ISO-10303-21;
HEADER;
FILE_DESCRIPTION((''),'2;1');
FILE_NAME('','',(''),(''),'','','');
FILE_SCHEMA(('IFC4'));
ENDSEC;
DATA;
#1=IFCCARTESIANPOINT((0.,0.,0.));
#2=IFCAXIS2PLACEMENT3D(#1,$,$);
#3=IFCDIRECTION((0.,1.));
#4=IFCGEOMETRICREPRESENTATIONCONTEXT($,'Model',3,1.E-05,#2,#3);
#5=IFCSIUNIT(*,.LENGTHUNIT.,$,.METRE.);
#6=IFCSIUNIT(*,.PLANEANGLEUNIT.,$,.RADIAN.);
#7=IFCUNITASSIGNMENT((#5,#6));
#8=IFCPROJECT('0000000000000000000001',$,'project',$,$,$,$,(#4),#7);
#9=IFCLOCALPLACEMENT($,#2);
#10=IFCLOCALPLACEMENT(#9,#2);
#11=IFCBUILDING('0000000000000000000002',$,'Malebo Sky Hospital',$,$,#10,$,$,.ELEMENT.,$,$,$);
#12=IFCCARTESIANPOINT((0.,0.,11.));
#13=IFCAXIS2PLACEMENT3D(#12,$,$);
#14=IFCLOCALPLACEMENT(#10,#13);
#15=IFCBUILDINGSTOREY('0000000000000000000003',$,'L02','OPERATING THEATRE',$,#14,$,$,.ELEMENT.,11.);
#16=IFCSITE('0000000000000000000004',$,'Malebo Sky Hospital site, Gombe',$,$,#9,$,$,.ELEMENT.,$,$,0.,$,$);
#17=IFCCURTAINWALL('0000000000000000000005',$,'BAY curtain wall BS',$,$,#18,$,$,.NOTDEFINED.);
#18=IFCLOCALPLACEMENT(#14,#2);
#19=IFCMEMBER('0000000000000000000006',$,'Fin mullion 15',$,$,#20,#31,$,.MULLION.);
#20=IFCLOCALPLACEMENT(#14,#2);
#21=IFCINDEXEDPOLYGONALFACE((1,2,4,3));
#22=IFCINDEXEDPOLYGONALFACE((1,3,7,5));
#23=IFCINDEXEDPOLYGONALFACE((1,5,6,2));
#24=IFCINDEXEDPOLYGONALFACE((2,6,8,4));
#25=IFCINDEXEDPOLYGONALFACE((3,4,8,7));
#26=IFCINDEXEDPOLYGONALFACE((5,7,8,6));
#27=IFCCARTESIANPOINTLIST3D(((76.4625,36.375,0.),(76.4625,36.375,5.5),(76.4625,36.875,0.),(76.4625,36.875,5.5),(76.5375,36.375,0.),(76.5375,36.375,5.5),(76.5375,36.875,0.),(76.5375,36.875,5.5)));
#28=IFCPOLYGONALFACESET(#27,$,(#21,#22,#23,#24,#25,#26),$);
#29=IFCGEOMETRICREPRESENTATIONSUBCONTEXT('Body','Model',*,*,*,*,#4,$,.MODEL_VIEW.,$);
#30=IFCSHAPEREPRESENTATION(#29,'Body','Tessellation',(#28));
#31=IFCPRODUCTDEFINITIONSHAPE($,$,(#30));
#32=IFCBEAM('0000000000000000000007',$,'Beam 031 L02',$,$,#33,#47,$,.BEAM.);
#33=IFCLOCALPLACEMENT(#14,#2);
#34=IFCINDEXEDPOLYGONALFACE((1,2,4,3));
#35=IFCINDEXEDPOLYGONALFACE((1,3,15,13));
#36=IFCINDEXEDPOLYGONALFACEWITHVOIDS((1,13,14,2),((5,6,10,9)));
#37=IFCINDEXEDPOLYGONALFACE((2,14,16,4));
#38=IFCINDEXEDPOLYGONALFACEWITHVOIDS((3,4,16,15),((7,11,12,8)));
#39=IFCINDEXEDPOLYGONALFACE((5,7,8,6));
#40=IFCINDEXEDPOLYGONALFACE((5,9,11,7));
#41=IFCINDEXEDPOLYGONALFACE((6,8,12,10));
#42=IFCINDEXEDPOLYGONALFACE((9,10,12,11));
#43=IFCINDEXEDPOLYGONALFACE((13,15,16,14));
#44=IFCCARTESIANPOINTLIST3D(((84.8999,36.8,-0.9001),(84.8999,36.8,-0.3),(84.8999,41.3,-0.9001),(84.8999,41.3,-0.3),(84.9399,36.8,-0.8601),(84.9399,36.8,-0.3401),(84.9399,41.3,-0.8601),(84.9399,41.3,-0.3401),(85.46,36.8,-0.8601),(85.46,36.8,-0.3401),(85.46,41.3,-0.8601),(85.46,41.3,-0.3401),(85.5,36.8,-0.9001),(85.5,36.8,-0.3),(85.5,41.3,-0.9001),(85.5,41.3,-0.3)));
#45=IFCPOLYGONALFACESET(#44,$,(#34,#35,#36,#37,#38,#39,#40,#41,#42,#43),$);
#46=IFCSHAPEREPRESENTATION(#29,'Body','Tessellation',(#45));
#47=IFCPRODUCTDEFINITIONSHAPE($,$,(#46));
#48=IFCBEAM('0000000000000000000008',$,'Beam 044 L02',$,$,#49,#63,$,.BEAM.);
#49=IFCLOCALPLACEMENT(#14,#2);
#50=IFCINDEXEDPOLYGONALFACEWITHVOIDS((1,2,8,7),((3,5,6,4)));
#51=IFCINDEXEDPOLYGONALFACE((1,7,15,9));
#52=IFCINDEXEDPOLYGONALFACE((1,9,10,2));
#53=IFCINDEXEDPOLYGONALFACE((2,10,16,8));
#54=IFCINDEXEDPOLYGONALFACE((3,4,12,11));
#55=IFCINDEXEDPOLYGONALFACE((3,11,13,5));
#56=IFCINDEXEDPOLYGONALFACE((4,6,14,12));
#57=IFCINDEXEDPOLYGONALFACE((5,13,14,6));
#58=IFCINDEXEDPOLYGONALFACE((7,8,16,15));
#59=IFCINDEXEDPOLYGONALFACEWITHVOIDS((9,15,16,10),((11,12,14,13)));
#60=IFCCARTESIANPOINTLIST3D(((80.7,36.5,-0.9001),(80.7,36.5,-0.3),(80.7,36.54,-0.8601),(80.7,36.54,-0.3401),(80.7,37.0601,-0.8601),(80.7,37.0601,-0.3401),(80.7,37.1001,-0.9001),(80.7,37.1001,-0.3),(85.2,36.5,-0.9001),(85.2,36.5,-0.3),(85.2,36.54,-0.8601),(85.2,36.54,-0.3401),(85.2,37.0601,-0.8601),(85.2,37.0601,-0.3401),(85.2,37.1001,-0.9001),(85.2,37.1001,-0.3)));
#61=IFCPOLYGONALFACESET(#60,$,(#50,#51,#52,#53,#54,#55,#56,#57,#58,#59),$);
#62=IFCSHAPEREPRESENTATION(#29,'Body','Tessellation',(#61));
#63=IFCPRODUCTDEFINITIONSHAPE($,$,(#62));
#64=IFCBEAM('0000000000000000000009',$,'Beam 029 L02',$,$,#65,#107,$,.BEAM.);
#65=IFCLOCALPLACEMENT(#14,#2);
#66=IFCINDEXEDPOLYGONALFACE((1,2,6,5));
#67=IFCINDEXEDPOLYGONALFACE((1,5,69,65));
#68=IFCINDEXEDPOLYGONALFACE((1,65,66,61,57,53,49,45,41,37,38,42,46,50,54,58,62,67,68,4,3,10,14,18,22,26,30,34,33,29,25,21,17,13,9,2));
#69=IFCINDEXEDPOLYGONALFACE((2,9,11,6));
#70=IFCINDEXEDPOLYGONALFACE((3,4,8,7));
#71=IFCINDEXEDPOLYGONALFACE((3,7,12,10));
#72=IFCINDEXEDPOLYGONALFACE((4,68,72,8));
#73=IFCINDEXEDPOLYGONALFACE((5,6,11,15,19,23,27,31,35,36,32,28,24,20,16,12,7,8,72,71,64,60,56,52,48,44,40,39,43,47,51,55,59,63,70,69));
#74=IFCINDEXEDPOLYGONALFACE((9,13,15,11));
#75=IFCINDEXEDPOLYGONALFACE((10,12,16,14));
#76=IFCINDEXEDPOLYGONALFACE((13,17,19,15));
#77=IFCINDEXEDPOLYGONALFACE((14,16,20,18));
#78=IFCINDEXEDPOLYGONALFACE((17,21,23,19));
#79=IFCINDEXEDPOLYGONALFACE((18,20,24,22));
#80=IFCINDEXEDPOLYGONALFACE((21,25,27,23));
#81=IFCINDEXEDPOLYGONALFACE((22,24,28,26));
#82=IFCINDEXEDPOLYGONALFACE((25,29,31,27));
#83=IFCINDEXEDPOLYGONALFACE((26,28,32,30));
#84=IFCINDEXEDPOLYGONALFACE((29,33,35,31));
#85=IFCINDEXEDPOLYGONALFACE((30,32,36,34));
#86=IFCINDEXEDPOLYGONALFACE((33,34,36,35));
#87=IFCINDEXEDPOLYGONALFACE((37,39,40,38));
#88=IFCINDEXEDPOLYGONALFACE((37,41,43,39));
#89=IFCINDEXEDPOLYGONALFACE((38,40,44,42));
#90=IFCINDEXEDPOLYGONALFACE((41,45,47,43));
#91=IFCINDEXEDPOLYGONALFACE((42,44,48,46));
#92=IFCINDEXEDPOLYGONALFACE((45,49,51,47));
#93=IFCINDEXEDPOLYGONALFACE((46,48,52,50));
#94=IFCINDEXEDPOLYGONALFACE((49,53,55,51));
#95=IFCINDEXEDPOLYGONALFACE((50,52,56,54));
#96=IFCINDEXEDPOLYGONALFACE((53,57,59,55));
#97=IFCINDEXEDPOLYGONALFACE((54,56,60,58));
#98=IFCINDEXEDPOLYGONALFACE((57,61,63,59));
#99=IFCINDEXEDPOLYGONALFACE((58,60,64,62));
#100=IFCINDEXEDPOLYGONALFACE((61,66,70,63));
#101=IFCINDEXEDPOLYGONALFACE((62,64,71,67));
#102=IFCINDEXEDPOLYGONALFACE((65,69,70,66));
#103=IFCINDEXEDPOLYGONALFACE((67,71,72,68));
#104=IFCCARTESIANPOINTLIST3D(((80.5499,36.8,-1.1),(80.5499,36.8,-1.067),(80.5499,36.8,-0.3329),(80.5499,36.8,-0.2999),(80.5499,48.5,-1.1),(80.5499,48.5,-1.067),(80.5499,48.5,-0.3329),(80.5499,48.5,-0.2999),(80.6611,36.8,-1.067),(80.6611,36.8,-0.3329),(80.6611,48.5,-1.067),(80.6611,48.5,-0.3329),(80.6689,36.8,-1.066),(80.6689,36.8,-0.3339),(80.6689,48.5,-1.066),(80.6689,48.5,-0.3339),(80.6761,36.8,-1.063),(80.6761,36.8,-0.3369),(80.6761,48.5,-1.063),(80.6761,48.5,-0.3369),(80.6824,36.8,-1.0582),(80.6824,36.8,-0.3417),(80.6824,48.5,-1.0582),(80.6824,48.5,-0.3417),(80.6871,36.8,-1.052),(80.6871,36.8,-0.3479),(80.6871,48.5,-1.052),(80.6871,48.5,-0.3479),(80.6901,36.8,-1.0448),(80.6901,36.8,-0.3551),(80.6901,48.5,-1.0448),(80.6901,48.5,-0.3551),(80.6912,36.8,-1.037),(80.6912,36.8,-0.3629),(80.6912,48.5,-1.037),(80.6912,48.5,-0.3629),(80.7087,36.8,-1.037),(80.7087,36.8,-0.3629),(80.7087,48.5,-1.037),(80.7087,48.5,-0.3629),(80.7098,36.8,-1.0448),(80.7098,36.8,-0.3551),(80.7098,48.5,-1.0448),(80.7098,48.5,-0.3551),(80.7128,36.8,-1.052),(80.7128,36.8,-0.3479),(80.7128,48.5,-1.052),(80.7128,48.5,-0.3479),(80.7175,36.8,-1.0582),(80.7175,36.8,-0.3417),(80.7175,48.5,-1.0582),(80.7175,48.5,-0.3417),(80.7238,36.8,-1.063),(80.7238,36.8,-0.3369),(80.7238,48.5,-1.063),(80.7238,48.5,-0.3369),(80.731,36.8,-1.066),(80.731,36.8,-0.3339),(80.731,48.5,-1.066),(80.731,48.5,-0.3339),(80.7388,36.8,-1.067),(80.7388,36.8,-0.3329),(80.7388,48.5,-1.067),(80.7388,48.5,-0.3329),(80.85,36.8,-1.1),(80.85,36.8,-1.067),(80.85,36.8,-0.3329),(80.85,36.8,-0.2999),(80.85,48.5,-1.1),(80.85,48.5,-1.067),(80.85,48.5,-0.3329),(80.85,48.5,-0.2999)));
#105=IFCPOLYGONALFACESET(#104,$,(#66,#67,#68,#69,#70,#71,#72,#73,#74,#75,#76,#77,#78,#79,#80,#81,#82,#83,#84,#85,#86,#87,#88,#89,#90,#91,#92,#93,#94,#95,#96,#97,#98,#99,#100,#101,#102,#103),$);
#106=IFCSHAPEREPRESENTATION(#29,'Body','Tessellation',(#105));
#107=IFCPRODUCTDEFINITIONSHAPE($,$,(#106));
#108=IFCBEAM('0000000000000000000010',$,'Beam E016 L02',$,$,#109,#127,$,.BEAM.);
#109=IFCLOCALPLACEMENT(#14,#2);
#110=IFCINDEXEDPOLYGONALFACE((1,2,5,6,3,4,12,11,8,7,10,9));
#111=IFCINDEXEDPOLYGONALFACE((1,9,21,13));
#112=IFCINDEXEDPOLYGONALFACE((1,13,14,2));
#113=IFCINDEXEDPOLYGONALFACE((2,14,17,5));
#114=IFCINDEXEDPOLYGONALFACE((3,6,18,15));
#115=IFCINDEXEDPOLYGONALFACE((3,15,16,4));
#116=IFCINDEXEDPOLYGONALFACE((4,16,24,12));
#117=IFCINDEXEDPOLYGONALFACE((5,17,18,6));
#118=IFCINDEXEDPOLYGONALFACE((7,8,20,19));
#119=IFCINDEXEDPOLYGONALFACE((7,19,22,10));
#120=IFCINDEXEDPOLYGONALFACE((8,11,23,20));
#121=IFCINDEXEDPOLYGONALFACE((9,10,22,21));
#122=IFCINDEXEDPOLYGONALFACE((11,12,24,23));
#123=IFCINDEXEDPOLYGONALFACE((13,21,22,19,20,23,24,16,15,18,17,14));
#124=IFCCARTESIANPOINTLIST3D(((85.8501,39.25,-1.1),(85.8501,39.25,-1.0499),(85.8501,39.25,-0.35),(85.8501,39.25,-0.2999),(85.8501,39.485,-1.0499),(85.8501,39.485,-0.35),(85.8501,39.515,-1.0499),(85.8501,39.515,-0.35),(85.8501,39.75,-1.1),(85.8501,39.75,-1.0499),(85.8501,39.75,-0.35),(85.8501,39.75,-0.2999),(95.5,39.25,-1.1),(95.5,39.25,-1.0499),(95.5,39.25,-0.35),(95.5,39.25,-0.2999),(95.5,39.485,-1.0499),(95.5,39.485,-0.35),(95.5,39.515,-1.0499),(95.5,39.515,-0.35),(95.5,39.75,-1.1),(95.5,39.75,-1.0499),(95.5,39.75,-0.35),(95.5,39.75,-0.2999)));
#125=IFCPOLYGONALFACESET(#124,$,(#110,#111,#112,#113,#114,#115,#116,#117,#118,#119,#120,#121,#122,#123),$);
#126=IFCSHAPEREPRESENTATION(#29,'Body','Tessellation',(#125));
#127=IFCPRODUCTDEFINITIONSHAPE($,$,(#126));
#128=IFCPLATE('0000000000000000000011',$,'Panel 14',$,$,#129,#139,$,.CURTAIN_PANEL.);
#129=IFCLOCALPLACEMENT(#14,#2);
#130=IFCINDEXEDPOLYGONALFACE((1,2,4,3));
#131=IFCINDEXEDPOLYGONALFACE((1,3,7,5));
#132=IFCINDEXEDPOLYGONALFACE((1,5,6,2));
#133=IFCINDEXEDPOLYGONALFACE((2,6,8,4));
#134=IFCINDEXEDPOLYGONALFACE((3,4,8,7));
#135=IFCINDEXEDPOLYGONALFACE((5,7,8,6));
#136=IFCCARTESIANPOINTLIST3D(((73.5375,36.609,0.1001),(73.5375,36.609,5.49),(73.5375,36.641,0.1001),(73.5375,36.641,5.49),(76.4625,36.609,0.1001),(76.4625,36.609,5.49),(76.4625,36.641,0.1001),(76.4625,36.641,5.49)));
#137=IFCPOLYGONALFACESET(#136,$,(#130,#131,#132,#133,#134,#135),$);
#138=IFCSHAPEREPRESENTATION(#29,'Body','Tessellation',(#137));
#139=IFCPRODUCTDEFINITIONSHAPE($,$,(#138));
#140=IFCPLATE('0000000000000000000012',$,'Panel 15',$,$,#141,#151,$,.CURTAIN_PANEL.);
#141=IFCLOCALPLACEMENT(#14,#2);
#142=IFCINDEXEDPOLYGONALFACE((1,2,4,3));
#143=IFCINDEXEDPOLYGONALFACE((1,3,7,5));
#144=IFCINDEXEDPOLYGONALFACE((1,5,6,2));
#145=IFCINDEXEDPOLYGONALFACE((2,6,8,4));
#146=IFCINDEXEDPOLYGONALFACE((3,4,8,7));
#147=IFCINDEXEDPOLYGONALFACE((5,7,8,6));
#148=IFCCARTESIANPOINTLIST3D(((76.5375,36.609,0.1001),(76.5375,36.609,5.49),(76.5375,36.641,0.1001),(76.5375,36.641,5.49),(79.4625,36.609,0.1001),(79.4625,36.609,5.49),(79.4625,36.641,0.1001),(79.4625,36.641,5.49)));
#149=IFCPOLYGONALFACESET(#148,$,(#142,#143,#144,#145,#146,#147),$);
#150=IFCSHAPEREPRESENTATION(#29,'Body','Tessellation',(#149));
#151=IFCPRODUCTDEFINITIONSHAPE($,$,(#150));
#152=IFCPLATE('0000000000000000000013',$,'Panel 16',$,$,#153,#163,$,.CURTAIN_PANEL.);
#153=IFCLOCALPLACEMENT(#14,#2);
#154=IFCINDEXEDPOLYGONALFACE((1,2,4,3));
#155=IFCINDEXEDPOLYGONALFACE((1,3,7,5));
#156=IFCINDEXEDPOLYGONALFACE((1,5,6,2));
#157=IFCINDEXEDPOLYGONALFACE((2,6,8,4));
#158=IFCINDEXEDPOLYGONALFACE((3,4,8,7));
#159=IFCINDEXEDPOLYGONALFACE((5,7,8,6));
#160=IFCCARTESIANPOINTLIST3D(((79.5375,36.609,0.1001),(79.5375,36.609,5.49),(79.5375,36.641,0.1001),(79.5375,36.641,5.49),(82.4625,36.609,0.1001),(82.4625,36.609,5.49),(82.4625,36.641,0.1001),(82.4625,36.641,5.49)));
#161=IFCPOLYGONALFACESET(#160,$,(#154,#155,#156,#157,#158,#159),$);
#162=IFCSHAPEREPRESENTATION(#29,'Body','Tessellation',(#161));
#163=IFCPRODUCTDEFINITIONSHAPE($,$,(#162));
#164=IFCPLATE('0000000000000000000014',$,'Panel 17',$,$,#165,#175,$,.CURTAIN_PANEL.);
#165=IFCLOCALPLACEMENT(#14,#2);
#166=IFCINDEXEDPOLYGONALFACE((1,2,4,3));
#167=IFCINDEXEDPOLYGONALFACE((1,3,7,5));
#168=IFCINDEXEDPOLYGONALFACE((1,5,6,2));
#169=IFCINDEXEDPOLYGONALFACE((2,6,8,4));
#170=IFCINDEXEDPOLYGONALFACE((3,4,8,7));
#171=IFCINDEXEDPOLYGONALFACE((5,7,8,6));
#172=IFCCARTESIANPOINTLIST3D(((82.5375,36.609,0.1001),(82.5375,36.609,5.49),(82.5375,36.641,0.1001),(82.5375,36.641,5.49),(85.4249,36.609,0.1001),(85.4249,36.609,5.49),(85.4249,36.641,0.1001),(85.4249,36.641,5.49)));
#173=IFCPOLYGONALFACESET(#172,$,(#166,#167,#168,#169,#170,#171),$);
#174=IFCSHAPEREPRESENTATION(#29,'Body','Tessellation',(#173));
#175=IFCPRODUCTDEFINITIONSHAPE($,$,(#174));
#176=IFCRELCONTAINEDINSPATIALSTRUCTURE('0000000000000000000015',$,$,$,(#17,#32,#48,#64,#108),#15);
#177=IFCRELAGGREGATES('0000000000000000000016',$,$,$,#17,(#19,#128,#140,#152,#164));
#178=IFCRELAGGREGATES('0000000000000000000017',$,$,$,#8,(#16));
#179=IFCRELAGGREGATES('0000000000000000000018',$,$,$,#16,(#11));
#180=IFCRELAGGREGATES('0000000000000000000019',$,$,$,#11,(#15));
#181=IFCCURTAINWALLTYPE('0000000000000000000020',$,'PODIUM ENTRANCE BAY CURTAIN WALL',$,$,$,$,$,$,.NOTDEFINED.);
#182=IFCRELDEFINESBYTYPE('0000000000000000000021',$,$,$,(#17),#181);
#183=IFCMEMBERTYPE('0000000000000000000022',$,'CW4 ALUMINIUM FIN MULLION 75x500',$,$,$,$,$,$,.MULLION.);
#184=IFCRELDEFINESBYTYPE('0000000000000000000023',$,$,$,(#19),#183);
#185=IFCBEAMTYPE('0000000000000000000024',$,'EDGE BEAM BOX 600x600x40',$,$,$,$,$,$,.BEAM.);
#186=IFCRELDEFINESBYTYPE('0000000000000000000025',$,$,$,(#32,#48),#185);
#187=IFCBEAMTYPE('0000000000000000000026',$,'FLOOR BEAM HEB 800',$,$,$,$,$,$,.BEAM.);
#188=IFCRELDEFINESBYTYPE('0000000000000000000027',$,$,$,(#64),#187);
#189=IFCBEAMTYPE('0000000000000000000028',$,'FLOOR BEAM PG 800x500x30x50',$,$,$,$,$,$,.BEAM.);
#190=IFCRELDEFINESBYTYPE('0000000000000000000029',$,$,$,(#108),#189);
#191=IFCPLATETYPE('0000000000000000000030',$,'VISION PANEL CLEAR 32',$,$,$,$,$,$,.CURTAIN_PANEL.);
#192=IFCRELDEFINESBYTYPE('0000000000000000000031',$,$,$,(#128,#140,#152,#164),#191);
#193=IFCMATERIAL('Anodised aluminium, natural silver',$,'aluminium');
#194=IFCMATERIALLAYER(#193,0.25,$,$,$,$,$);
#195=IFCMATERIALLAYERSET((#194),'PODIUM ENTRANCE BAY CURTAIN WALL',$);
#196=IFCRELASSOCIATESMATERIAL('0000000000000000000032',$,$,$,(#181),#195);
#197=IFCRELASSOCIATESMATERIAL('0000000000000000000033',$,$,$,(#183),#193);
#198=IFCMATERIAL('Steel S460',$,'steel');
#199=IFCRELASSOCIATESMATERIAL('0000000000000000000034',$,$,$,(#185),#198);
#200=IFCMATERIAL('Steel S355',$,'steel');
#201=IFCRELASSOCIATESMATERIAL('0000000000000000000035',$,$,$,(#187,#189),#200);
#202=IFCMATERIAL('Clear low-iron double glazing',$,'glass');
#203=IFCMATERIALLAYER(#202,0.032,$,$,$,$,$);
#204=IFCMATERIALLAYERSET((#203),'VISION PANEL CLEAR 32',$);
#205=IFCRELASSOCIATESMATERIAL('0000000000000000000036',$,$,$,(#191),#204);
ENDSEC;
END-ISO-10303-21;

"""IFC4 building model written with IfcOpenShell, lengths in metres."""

from ifc_helpers import new_model, si_unit, direction, frame, origin, origin_2d, place, context, subcontext, project, spatial, rectangle, hollow_rectangle, i_section, extrude, material, layer, layer_set, material_profile, profile_set, type_object, element, aggregate, save


model = new_model("IFC4")

# Units and contexts
model_context = context("Model", 3, precision=1e-05, world=origin(), true_north=direction((0.0, 1.0)))
body_context = subcontext(model_context, "Body", "Model", "MODEL_VIEW")
ifc_project = project(units=[si_unit("LENGTHUNIT", "METRE"), si_unit("PLANEANGLEUNIT", "RADIAN")], contexts=[model_context])

# Site, building, storey
site_placement = place(None, origin())
site = spatial("IfcSite", under=ifc_project, at=site_placement, Name="Malebo Sky Hospital site, Gombe", CompositionType="ELEMENT", RefElevation=0.0)
building_placement = place(site_placement, origin())
building = spatial("IfcBuilding", under=site, at=building_placement, Name="Malebo Sky Hospital", CompositionType="ELEMENT")
storey_placement = place(building_placement, frame((0.0, 0.0, 11.0)))
storey = spatial("IfcBuildingStorey", under=building, at=storey_placement, Name="L02", Description="OPERATING THEATRE", CompositionType="ELEMENT", Elevation=11.0)

# Shared definitions
ifc_material_1 = material(Name="Steel S460", Category="steel")

# Curtain wall
ifc_material_2 = material(Name="Anodised aluminium, natural silver", Category="aluminium")
ifc_layer_1 = layer(ifc_material_2, 0.25)
ifc_layer_set_1 = layer_set([ifc_layer_1], Name="PODIUM ENTRANCE BAY CURTAIN WALL")
curtain_wall_type_1 = type_object("IfcCurtainWallType", Name="PODIUM ENTRANCE BAY CURTAIN WALL", PredefinedType="NOTDEFINED", material=ifc_layer_set_1)
curtain_wall_1_placement = place(storey_placement, origin())
curtain_wall_1 = element("IfcCurtainWall", 1, at=curtain_wall_1_placement, inside=storey, type_object=curtain_wall_type_1, Name="BAY curtain wall BS", PredefinedType="NOTDEFINED")

# Member
ifc_material_profile_1 = material_profile(ifc_material_2, rectangle(XDim=0.075, YDim=0.5, at=origin_2d()), Name="CW4 ALUMINIUM FIN MULLION 75x500")
ifc_profile_set_1 = profile_set([ifc_material_profile_1], Name="Anodised aluminium, natural silver")
member_type_1 = type_object("IfcMemberType", Name="CW4 ALUMINIUM FIN MULLION 75x500", PredefinedType="MULLION", material=ifc_profile_set_1)
member_1_placement = place(storey_placement, frame((76.5, 36.625, 0.0), z_axis=(0.0, 0.0, 1.0), x_axis=(1.0, 0.0, 0.0)))
member_1 = element("IfcMember", 2, at=member_1_placement, type_object=member_type_1, Name="Fin mullion 15", PredefinedType="MULLION", context=body_context, shape_type="SweptSolid", body=[
    extrude(rectangle(XDim=0.075, YDim=0.5, at=origin_2d()), origin(), (0.0, 0.0, 1.0), 5.5),
])

# Beams
ifc_material_profile_2 = material_profile(ifc_material_1, hollow_rectangle(XDim=0.6001, YDim=0.6001, WallThickness=0.04, at=origin_2d()), Name="BOX 600x600x40")
ifc_profile_set_2 = profile_set([ifc_material_profile_2], Name="Steel S460")
beam_type_1 = type_object("IfcBeamType", Name="EDGE BEAM BOX 600x600x40", PredefinedType="BEAM", material=ifc_profile_set_2)
for number, where, z_axis, x_axis, name in (
    (3, (85.2, 36.8, -0.6001), (0.0, 1.0, 0.0), (-1.0, 0.0, 0.0), "Beam 031 L02"),
    (4, (80.7, 36.8, -0.6001), (1.0, 0.0, 0.0), (0.0, 1.0, 0.0), "Beam 044 L02"),
):
    element("IfcBeam", number, at=place(storey_placement, frame(where, z_axis=z_axis, x_axis=x_axis)), inside=storey, type_object=beam_type_1, Name=name, PredefinedType="BEAM", context=body_context, shape_type="SweptSolid", body=[
        extrude(hollow_rectangle(XDim=0.6001, YDim=0.6001, WallThickness=0.04, at=origin_2d()), origin(), (0.0, 0.0, 1.0), 4.5),
    ])
ifc_material_3 = material(Name="Steel S355", Category="steel")
ifc_material_profile_3 = material_profile(ifc_material_3, i_section(OverallWidth=0.3, OverallDepth=0.8, WebThickness=0.0176, FlangeThickness=0.033, FilletRadius=0.03, at=origin_2d()), Name="HEB 800")
ifc_profile_set_3 = profile_set([ifc_material_profile_3], Name="Steel S355")
beam_type_2 = type_object("IfcBeamType", Name="FLOOR BEAM HEB 800", PredefinedType="BEAM", material=ifc_profile_set_3)
beam_1_placement = place(storey_placement, frame((80.7, 36.8, -0.7), z_axis=(0.0, 1.0, 0.0), x_axis=(-1.0, 0.0, 0.0)))
element("IfcBeam", 5, at=beam_1_placement, inside=storey, type_object=beam_type_2, Name="Beam 029 L02", PredefinedType="BEAM", context=body_context, shape_type="SweptSolid", body=[
    extrude(i_section(OverallWidth=0.3, OverallDepth=0.8, WebThickness=0.0176, FlangeThickness=0.033, FilletRadius=0.03, at=origin_2d()), origin(), (0.0, 0.0, 1.0), 11.7),
])
ifc_material_profile_4 = material_profile(ifc_material_3, i_section(OverallWidth=0.5, OverallDepth=0.8, WebThickness=0.03, FlangeThickness=0.05, at=origin_2d()), Name="PG 800x500x30x50")
ifc_profile_set_4 = profile_set([ifc_material_profile_4], Name="Steel S355")
beam_type_3 = type_object("IfcBeamType", Name="FLOOR BEAM PG 800x500x30x50", PredefinedType="BEAM", material=ifc_profile_set_4)
beam_2_placement = place(storey_placement, frame((85.8501, 39.5, -0.7), z_axis=(1.0, 0.0, 0.0), x_axis=(0.0, 1.0, 0.0)))
element("IfcBeam", 6, at=beam_2_placement, inside=storey, type_object=beam_type_3, Name="Beam E016 L02", PredefinedType="BEAM", context=body_context, shape_type="SweptSolid", body=[
    extrude(i_section(OverallWidth=0.5, OverallDepth=0.8, WebThickness=0.03, FlangeThickness=0.05, at=origin_2d()), origin(), (0.0, 0.0, 1.0), 9.6499),
])

# Plates
ifc_material_4 = material(Name="Clear low-iron double glazing", Category="glass")
ifc_layer_2 = layer(ifc_material_4, 0.032)
ifc_layer_set_2 = layer_set([ifc_layer_2], Name="VISION PANEL CLEAR 32")
plate_type = type_object("IfcPlateType", Name="VISION PANEL CLEAR 32", PredefinedType="CURTAIN_PANEL", material=ifc_layer_set_2)
plate_1_placement = place(storey_placement, frame((75.0, 36.625, 0.1001), z_axis=(0.0, 0.0, 1.0), x_axis=(1.0, 0.0, 0.0)))
plate_1 = element("IfcPlate", 7, at=plate_1_placement, type_object=plate_type, Name="Panel 14", PredefinedType="CURTAIN_PANEL", context=body_context, shape_type="SweptSolid", body=[
    extrude(rectangle(XDim=2.925, YDim=0.032, at=origin_2d()), origin(), (0.0, 0.0, 1.0), 5.3899),
])
plate_2_placement = place(storey_placement, frame((78.0, 36.625, 0.1001), z_axis=(0.0, 0.0, 1.0), x_axis=(1.0, 0.0, 0.0)))
plate_2 = element("IfcPlate", 8, at=plate_2_placement, type_object=plate_type, Name="Panel 15", PredefinedType="CURTAIN_PANEL", context=body_context, shape_type="SweptSolid", body=[
    extrude(rectangle(XDim=2.925, YDim=0.032, at=origin_2d()), origin(), (0.0, 0.0, 1.0), 5.3899),
])
plate_3_placement = place(storey_placement, frame((81.0, 36.625, 0.1001), z_axis=(0.0, 0.0, 1.0), x_axis=(1.0, 0.0, 0.0)))
plate_3 = element("IfcPlate", 9, at=plate_3_placement, type_object=plate_type, Name="Panel 16", PredefinedType="CURTAIN_PANEL", context=body_context, shape_type="SweptSolid", body=[
    extrude(rectangle(XDim=2.925, YDim=0.032, at=origin_2d()), origin(), (0.0, 0.0, 1.0), 5.3899),
])
plate_4_placement = place(storey_placement, frame((83.9812, 36.625, 0.1001), z_axis=(0.0, 0.0, 1.0), x_axis=(1.0, 0.0, 0.0)))
plate_4 = element("IfcPlate", 10, at=plate_4_placement, type_object=plate_type, Name="Panel 17", PredefinedType="CURTAIN_PANEL", context=body_context, shape_type="SweptSolid", body=[
    extrude(rectangle(XDim=2.8875, YDim=0.032, at=origin_2d()), origin(), (0.0, 0.0, 1.0), 5.3899),
])
aggregate(curtain_wall_1, [member_1, plate_1, plate_2, plate_3, plate_4])

save(model, "model.ifc")
